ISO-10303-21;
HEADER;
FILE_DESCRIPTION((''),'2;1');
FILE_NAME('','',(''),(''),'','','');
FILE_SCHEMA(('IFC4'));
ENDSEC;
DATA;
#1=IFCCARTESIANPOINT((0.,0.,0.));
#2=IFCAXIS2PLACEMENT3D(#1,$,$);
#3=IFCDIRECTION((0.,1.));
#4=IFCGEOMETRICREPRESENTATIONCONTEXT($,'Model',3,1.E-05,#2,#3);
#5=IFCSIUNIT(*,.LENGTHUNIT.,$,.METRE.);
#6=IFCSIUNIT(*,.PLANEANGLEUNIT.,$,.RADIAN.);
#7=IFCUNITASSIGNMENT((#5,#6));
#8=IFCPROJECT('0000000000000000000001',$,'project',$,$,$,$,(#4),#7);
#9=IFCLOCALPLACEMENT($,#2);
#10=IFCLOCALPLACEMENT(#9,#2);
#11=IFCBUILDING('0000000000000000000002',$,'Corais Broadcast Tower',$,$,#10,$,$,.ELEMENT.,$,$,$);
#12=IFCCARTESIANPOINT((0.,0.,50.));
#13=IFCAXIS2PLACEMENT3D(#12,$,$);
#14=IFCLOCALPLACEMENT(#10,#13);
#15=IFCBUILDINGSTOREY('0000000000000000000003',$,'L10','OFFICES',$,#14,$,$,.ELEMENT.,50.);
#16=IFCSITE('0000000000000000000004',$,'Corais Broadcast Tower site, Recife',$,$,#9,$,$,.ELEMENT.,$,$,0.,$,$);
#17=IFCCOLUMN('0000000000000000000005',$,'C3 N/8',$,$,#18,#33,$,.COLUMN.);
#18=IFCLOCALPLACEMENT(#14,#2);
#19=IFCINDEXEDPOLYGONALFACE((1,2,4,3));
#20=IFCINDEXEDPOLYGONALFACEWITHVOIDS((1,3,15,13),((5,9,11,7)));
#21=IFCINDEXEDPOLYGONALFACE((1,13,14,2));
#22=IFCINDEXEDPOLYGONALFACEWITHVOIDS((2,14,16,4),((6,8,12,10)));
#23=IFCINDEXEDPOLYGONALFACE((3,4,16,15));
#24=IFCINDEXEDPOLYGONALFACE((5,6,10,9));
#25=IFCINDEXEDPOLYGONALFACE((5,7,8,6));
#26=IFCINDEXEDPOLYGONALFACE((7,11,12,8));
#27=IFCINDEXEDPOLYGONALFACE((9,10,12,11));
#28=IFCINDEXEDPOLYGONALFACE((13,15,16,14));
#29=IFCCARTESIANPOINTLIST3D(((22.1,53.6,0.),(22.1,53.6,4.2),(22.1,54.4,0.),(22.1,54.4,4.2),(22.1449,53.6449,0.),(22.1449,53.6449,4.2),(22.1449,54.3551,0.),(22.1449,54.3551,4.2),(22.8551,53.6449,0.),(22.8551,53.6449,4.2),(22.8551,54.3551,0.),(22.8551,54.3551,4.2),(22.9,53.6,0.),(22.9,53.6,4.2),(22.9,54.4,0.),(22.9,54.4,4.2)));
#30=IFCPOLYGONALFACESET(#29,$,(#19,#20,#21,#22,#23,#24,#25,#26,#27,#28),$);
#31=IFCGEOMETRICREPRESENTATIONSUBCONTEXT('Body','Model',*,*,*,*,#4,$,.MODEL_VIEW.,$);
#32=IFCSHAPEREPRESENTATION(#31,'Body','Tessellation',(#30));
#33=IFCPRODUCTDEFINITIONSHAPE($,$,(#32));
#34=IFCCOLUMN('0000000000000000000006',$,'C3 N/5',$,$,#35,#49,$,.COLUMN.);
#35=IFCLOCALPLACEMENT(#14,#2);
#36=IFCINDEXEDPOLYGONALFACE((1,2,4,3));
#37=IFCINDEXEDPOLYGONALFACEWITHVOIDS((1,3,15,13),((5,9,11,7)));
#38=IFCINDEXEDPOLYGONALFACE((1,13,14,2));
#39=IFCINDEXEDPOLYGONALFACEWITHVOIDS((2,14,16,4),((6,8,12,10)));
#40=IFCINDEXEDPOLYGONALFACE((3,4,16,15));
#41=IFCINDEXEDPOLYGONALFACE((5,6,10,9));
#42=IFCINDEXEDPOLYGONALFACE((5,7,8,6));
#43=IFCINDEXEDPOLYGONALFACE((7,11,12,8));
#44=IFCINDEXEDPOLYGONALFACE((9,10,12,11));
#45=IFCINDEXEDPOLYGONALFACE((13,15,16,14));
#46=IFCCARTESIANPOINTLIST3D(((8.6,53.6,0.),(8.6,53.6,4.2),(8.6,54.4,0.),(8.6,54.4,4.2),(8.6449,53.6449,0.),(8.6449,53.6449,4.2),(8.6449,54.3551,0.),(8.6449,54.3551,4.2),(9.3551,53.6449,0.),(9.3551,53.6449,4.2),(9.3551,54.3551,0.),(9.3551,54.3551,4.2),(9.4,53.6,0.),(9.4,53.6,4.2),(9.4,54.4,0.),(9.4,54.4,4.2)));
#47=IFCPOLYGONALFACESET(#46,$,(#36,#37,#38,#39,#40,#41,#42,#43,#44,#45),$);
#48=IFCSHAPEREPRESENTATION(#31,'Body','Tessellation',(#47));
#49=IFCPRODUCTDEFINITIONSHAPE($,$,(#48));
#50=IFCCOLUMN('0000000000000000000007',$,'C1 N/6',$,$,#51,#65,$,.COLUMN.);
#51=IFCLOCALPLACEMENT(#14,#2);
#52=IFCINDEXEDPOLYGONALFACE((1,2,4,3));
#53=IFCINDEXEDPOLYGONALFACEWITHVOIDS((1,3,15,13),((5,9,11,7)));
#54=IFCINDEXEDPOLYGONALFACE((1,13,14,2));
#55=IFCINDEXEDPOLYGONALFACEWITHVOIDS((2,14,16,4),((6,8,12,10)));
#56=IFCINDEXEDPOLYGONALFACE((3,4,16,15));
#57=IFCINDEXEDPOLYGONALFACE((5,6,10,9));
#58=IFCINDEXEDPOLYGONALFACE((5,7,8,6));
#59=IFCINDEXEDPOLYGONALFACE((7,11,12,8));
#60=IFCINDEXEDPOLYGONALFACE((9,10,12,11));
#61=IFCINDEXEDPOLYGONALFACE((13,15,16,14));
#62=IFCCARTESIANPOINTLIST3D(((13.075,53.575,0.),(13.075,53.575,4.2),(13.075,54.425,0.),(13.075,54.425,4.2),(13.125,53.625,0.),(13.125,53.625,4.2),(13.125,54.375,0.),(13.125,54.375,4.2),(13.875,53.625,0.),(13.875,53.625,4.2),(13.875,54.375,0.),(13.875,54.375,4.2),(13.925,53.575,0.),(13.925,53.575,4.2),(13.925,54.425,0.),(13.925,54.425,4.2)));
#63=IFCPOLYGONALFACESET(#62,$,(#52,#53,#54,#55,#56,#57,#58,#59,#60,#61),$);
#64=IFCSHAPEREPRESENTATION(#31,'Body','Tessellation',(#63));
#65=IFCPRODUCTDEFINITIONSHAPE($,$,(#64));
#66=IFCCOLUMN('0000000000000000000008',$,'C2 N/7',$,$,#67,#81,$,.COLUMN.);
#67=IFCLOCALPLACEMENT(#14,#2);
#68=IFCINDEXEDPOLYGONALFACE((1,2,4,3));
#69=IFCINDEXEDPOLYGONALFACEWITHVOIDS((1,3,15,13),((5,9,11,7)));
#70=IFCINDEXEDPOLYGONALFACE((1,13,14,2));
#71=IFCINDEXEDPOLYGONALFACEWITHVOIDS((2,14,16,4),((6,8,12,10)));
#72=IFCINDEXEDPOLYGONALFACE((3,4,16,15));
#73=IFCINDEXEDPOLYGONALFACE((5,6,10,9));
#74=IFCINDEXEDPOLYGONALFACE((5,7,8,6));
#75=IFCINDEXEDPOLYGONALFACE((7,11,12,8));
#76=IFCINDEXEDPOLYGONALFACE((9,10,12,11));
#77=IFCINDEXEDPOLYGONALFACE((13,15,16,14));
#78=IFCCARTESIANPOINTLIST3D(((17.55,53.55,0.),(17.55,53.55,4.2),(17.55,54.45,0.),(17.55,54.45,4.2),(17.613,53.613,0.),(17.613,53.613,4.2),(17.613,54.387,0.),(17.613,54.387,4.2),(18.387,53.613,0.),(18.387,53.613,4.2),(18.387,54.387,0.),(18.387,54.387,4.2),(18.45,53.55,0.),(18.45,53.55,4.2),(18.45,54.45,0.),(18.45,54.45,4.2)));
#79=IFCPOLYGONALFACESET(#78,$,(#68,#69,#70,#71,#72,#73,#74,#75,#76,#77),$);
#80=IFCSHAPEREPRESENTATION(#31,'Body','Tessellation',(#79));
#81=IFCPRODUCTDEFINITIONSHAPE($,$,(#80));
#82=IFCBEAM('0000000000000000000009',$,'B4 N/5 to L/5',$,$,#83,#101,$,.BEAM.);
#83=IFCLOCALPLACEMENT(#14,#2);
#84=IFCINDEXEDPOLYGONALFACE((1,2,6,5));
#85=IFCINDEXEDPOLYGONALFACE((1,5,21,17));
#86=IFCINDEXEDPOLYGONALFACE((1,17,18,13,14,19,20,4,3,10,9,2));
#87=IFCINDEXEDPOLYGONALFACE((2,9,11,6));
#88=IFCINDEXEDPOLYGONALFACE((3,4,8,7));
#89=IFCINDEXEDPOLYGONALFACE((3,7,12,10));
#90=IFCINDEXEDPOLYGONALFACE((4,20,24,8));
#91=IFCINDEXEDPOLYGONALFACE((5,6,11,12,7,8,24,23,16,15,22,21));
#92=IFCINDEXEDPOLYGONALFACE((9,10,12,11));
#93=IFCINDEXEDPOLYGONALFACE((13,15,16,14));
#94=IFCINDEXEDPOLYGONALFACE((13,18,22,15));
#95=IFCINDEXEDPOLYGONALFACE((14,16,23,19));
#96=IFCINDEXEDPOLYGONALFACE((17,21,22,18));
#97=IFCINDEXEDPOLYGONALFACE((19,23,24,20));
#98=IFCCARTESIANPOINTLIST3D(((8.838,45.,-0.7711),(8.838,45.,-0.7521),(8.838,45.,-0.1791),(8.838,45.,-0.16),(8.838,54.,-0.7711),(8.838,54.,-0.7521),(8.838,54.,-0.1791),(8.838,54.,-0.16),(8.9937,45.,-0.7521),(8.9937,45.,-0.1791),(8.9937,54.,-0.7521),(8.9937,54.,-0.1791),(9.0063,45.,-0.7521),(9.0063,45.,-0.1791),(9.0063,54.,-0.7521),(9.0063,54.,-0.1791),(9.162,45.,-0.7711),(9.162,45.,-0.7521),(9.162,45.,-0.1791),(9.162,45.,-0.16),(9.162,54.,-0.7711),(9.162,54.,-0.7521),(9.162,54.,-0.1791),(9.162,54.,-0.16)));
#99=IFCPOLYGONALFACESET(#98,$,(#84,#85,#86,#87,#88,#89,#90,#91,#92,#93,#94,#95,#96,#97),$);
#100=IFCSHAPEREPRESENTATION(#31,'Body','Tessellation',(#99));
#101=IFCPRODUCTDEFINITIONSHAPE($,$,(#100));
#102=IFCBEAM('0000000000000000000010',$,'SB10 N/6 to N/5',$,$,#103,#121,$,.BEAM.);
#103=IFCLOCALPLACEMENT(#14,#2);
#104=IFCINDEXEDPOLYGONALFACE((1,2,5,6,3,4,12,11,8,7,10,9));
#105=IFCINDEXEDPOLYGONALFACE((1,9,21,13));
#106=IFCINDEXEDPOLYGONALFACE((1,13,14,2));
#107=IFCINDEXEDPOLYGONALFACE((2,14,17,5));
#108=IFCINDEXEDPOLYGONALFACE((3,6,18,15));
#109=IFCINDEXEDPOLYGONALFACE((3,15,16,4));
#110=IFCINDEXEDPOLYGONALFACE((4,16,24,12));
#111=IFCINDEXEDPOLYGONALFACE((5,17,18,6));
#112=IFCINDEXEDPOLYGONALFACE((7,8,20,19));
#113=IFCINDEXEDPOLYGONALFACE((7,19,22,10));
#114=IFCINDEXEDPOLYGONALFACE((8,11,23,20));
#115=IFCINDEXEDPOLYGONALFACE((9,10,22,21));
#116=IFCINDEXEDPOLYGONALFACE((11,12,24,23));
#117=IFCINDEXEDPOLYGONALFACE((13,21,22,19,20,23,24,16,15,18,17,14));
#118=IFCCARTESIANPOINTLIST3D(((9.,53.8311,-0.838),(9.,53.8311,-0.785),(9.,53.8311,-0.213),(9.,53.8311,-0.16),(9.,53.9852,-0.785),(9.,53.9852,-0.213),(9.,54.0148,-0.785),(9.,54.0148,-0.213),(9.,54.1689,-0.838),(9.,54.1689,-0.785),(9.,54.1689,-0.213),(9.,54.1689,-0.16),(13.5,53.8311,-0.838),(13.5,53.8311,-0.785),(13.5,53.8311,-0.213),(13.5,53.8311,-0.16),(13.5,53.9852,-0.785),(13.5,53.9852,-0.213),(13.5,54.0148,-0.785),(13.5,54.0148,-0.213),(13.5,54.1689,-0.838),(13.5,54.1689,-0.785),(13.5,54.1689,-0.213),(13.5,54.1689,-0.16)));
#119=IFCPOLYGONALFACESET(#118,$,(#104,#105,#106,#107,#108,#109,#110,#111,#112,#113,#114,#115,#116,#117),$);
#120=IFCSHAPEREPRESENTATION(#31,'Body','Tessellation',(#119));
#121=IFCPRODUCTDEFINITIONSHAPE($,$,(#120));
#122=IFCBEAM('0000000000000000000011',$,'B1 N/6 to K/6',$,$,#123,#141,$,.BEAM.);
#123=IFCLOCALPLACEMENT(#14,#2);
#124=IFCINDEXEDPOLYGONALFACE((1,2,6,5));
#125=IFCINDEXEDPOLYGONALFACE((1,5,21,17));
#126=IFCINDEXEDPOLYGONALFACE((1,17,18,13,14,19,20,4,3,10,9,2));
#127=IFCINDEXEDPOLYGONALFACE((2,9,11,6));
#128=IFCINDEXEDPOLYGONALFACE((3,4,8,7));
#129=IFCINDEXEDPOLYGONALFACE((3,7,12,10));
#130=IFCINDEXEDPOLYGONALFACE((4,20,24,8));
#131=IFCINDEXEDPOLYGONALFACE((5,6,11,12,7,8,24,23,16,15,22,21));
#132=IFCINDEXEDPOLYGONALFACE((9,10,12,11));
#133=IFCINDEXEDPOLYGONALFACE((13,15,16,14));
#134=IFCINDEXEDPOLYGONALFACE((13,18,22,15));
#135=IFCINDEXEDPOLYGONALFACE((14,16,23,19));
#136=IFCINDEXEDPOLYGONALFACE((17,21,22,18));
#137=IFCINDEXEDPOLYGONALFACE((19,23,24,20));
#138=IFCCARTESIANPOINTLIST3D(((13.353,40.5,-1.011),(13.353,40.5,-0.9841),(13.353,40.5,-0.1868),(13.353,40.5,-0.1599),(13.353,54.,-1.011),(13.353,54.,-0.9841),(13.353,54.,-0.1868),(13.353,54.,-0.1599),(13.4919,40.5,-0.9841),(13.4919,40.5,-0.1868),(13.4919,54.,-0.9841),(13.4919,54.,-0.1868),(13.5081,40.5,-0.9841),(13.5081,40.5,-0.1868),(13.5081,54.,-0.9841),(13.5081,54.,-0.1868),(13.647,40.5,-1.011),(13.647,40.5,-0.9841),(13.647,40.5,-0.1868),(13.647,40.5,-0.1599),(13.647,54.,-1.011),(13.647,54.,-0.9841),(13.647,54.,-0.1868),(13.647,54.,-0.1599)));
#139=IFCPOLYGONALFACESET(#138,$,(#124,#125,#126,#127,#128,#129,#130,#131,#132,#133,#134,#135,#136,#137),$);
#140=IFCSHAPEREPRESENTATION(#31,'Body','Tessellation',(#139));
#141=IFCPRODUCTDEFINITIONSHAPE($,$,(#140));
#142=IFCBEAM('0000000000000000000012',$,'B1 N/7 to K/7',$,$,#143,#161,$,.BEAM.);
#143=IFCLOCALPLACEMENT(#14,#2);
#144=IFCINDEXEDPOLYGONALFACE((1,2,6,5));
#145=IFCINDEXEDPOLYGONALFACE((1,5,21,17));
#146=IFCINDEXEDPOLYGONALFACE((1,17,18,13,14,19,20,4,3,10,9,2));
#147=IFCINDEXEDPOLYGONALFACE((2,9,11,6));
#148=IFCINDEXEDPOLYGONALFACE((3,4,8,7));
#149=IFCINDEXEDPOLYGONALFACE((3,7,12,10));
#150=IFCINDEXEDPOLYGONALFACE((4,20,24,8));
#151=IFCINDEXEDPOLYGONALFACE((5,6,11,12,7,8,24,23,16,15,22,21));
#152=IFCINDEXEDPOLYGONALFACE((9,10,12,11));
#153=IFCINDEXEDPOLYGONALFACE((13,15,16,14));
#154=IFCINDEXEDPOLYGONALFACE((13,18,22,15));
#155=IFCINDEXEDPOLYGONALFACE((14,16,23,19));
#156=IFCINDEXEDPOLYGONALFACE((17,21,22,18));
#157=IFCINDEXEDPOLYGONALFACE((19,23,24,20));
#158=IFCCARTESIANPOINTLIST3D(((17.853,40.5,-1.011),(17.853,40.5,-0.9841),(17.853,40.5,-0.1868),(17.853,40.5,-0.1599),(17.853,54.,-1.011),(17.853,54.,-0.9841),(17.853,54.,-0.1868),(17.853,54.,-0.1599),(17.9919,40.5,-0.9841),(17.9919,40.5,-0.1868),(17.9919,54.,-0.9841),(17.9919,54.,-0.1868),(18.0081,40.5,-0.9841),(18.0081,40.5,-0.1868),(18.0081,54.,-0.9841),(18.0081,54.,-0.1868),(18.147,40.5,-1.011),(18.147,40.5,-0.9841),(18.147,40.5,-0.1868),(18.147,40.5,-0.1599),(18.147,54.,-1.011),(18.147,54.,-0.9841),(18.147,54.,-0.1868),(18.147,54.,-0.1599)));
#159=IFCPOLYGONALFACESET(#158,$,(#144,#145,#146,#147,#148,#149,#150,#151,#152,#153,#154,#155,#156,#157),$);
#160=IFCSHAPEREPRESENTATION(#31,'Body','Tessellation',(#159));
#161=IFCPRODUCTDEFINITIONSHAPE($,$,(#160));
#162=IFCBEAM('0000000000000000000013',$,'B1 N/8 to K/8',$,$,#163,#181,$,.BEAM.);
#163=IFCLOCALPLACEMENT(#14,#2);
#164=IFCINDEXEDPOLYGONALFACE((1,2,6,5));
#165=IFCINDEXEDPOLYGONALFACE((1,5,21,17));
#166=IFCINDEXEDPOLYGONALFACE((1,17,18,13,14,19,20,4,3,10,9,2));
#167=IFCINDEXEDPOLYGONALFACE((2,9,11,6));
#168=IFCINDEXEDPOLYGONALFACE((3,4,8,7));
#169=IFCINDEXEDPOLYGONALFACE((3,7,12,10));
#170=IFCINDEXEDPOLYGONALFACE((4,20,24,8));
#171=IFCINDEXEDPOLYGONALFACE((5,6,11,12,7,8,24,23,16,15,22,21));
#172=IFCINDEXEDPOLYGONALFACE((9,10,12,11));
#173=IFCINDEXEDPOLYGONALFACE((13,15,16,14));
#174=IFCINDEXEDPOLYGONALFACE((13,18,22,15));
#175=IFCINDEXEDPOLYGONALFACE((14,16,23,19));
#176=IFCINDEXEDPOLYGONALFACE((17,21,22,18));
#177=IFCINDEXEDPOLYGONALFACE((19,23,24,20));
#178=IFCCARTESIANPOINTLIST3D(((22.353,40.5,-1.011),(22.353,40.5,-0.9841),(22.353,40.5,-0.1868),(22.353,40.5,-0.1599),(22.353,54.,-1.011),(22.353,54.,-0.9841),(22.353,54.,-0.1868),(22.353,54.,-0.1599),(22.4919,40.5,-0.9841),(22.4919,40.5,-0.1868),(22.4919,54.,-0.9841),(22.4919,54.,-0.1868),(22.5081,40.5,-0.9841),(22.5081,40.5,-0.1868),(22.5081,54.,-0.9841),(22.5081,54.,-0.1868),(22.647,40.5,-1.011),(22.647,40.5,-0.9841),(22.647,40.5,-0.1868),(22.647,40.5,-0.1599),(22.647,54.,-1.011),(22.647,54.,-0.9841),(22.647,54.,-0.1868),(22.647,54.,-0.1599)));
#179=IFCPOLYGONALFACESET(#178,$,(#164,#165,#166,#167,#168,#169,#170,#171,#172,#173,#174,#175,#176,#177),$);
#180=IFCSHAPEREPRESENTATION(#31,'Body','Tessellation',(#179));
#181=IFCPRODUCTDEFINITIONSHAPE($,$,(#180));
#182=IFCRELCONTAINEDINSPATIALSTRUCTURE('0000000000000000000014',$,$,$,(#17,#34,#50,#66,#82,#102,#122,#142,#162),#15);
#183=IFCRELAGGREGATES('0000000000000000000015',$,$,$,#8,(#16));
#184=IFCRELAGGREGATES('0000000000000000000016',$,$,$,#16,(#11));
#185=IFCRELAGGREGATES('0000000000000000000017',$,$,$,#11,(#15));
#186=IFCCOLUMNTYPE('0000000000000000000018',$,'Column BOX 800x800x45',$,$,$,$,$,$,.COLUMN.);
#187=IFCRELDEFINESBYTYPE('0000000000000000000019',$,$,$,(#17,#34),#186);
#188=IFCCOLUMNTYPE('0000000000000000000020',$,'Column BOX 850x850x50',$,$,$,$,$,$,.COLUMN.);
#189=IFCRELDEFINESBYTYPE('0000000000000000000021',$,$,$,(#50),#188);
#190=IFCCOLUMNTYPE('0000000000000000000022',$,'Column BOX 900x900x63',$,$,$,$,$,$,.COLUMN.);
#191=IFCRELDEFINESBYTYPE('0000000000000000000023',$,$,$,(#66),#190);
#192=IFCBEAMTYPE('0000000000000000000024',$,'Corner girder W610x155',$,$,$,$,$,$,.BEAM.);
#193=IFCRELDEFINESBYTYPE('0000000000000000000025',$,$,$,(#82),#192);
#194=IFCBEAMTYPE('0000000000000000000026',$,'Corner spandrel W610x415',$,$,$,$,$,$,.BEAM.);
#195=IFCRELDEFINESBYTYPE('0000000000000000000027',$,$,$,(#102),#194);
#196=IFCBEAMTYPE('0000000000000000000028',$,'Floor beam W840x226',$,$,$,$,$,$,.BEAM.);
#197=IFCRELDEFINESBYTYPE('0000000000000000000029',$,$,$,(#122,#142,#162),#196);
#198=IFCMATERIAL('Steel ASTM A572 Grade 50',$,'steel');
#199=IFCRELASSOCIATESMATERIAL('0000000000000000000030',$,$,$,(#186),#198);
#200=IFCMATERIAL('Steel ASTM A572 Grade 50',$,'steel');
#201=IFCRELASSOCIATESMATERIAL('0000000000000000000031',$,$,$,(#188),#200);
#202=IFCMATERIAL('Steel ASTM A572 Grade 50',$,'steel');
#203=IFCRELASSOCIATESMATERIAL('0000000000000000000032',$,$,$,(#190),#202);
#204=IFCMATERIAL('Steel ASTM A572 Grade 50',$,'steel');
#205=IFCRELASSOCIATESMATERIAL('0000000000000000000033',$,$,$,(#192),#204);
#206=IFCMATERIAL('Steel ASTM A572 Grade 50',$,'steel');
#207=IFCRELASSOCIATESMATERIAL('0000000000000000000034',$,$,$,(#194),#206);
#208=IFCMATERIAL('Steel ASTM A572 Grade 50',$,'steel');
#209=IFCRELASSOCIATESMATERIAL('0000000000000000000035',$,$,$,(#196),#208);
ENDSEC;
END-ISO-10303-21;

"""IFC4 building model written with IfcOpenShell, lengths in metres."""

from ifc_helpers import new_model, si_unit, direction, frame, origin, origin_2d, place, context, subcontext, project, spatial, hollow_rectangle, i_section, extrude, material, material_profile, profile_set, type_object, element, save


model = new_model("IFC4")

# Units and contexts
model_context = context("Model", 3, precision=1e-05, world=origin(), true_north=direction((0.0, 1.0)))
body_context = subcontext(model_context, "Body", "Model", "MODEL_VIEW")
ifc_project = project(units=[si_unit("LENGTHUNIT", "METRE"), si_unit("PLANEANGLEUNIT", "RADIAN")], contexts=[model_context])

# Site, building, storey
site_placement = place(None, origin())
site = spatial("IfcSite", under=ifc_project, at=site_placement, Name="Corais Broadcast Tower site, Recife", CompositionType="ELEMENT", RefElevation=0.0)
building_placement = place(site_placement, origin())
building = spatial("IfcBuilding", under=site, at=building_placement, Name="Corais Broadcast Tower", CompositionType="ELEMENT")
storey_placement = place(building_placement, frame((0.0, 0.0, 50.0)))
storey = spatial("IfcBuildingStorey", under=building, at=storey_placement, Name="L10", Description="OFFICES", CompositionType="ELEMENT", Elevation=50.0)

# Columns
ifc_material_1 = material(Name="Steel ASTM A572 Grade 50", Category="steel")
ifc_material_profile_1 = material_profile(ifc_material_1, hollow_rectangle(XDim=0.8, YDim=0.8, WallThickness=0.0449, at=origin_2d()), Name="BOX 800x800x45")
ifc_profile_set_1 = profile_set([ifc_material_profile_1], Name="Steel ASTM A572 Grade 50")
column_type_1 = type_object("IfcColumnType", Name="Column BOX 800x800x45", PredefinedType="COLUMN", material=ifc_profile_set_1)
for number, where, z_axis, x_axis, name in (
    (1, (22.5, 54.0, 0.0), (0.0, 0.0, 1.0), (1.0, 0.0, 0.0), "C3 N/8"),
    (2, (9.0, 54.0, 0.0), (0.0, 0.0, 1.0), (1.0, 0.0, 0.0), "C3 N/5"),
):
    element("IfcColumn", number, at=place(storey_placement, frame(where, z_axis=z_axis, x_axis=x_axis)), inside=storey, type_object=column_type_1, Name=name, PredefinedType="COLUMN", context=body_context, shape_type="SweptSolid", body=[
        extrude(hollow_rectangle(XDim=0.8, YDim=0.8, WallThickness=0.0449, at=origin_2d()), origin(), (0.0, 0.0, 1.0), 4.2),
    ])
ifc_material_2 = material(Name="Steel ASTM A572 Grade 50", Category="steel")
ifc_material_profile_2 = material_profile(ifc_material_2, hollow_rectangle(XDim=0.8501, YDim=0.8501, WallThickness=0.05, at=origin_2d()), Name="BOX 850x850x50")
ifc_profile_set_2 = profile_set([ifc_material_profile_2], Name="Steel ASTM A572 Grade 50")
column_type_2 = type_object("IfcColumnType", Name="Column BOX 850x850x50", PredefinedType="COLUMN", material=ifc_profile_set_2)
column_1_placement = place(storey_placement, frame((13.5, 54.0, 0.0), z_axis=(0.0, 0.0, 1.0), x_axis=(1.0, 0.0, 0.0)))
element("IfcColumn", 3, at=column_1_placement, inside=storey, type_object=column_type_2, Name="C1 N/6", PredefinedType="COLUMN", context=body_context, shape_type="SweptSolid", body=[
    extrude(hollow_rectangle(XDim=0.8501, YDim=0.8501, WallThickness=0.05, at=origin_2d()), origin(), (0.0, 0.0, 1.0), 4.2),
])
ifc_material_3 = material(Name="Steel ASTM A572 Grade 50", Category="steel")
ifc_material_profile_3 = material_profile(ifc_material_3, hollow_rectangle(XDim=0.8999, YDim=0.8999, WallThickness=0.063, at=origin_2d()), Name="BOX 900x900x63")
ifc_profile_set_3 = profile_set([ifc_material_profile_3], Name="Steel ASTM A572 Grade 50")
column_type_3 = type_object("IfcColumnType", Name="Column BOX 900x900x63", PredefinedType="COLUMN", material=ifc_profile_set_3)
column_2_placement = place(storey_placement, frame((18.0, 54.0, 0.0), z_axis=(0.0, 0.0, 1.0), x_axis=(1.0, 0.0, 0.0)))
element("IfcColumn", 4, at=column_2_placement, inside=storey, type_object=column_type_3, Name="C2 N/7", PredefinedType="COLUMN", context=body_context, shape_type="SweptSolid", body=[
    extrude(hollow_rectangle(XDim=0.8999, YDim=0.8999, WallThickness=0.063, at=origin_2d()), origin(), (0.0, 0.0, 1.0), 4.2),
])

# Beams
ifc_material_4 = material(Name="Steel ASTM A572 Grade 50", Category="steel")
ifc_material_profile_4 = material_profile(ifc_material_4, i_section(OverallWidth=0.324, OverallDepth=0.6111, WebThickness=0.0127, FlangeThickness=0.019, at=origin_2d()), Name="W610x155")
ifc_profile_set_4 = profile_set([ifc_material_profile_4], Name="Steel ASTM A572 Grade 50")
beam_type_1 = type_object("IfcBeamType", Name="Corner girder W610x155", PredefinedType="BEAM", material=ifc_profile_set_4)
beam_1_placement = place(storey_placement, frame((9.0, 54.0, -0.4656), z_axis=(0.0, -1.0, 0.0), x_axis=(1.0, 0.0, 0.0)))
element("IfcBeam", 5, at=beam_1_placement, inside=storey, type_object=beam_type_1, Name="B4 N/5 to L/5", PredefinedType="BEAM", context=body_context, shape_type="SweptSolid", body=[
    extrude(i_section(OverallWidth=0.324, OverallDepth=0.6111, WebThickness=0.0127, FlangeThickness=0.019, at=origin_2d()), origin(), (0.0, 0.0, 1.0), 9.0),
])
ifc_material_5 = material(Name="Steel ASTM A572 Grade 50", Category="steel")
ifc_material_profile_5 = material_profile(ifc_material_5, i_section(OverallWidth=0.3379, OverallDepth=0.678, WebThickness=0.0295, FlangeThickness=0.053, at=origin_2d()), Name="W610x415")
ifc_profile_set_5 = profile_set([ifc_material_profile_5], Name="Steel ASTM A572 Grade 50")
beam_type_2 = type_object("IfcBeamType", Name="Corner spandrel W610x415", PredefinedType="BEAM", material=ifc_profile_set_5)
beam_2_placement = place(storey_placement, frame((13.5, 54.0, -0.499), z_axis=(-1.0, 0.0, 0.0), x_axis=(0.0, -1.0, 0.0)))
element("IfcBeam", 6, at=beam_2_placement, inside=storey, type_object=beam_type_2, Name="SB10 N/6 to N/5", PredefinedType="BEAM", context=body_context, shape_type="SweptSolid", body=[
    extrude(i_section(OverallWidth=0.3379, OverallDepth=0.678, WebThickness=0.0295, FlangeThickness=0.053, at=origin_2d()), origin(), (0.0, 0.0, 1.0), 4.5),
])
ifc_material_6 = material(Name="Steel ASTM A572 Grade 50", Category="steel")
ifc_material_profile_6 = material_profile(ifc_material_6, i_section(OverallWidth=0.2939, OverallDepth=0.8511, WebThickness=0.0161, FlangeThickness=0.0269, at=origin_2d()), Name="W840x226")
ifc_profile_set_6 = profile_set([ifc_material_profile_6], Name="Steel ASTM A572 Grade 50")
beam_type_3 = type_object("IfcBeamType", Name="Floor beam W840x226", PredefinedType="BEAM", material=ifc_profile_set_6)
for number, where, z_axis, x_axis, name in (
    (7, (13.5, 54.0, -0.5854), (0.0, -1.0, 0.0), (1.0, 0.0, 0.0), "B1 N/6 to K/6"),
    (8, (18.0, 54.0, -0.5854), (0.0, -1.0, 0.0), (1.0, 0.0, 0.0), "B1 N/7 to K/7"),
    (9, (22.5, 54.0, -0.5854), (0.0, -1.0, 0.0), (1.0, 0.0, 0.0), "B1 N/8 to K/8"),
):
    element("IfcBeam", number, at=place(storey_placement, frame(where, z_axis=z_axis, x_axis=x_axis)), inside=storey, type_object=beam_type_3, Name=name, PredefinedType="BEAM", context=body_context, shape_type="SweptSolid", body=[
        extrude(i_section(OverallWidth=0.2939, OverallDepth=0.8511, WebThickness=0.0161, FlangeThickness=0.0269, at=origin_2d()), origin(), (0.0, 0.0, 1.0), 13.5),
    ])

save(model, "model.ifc")
